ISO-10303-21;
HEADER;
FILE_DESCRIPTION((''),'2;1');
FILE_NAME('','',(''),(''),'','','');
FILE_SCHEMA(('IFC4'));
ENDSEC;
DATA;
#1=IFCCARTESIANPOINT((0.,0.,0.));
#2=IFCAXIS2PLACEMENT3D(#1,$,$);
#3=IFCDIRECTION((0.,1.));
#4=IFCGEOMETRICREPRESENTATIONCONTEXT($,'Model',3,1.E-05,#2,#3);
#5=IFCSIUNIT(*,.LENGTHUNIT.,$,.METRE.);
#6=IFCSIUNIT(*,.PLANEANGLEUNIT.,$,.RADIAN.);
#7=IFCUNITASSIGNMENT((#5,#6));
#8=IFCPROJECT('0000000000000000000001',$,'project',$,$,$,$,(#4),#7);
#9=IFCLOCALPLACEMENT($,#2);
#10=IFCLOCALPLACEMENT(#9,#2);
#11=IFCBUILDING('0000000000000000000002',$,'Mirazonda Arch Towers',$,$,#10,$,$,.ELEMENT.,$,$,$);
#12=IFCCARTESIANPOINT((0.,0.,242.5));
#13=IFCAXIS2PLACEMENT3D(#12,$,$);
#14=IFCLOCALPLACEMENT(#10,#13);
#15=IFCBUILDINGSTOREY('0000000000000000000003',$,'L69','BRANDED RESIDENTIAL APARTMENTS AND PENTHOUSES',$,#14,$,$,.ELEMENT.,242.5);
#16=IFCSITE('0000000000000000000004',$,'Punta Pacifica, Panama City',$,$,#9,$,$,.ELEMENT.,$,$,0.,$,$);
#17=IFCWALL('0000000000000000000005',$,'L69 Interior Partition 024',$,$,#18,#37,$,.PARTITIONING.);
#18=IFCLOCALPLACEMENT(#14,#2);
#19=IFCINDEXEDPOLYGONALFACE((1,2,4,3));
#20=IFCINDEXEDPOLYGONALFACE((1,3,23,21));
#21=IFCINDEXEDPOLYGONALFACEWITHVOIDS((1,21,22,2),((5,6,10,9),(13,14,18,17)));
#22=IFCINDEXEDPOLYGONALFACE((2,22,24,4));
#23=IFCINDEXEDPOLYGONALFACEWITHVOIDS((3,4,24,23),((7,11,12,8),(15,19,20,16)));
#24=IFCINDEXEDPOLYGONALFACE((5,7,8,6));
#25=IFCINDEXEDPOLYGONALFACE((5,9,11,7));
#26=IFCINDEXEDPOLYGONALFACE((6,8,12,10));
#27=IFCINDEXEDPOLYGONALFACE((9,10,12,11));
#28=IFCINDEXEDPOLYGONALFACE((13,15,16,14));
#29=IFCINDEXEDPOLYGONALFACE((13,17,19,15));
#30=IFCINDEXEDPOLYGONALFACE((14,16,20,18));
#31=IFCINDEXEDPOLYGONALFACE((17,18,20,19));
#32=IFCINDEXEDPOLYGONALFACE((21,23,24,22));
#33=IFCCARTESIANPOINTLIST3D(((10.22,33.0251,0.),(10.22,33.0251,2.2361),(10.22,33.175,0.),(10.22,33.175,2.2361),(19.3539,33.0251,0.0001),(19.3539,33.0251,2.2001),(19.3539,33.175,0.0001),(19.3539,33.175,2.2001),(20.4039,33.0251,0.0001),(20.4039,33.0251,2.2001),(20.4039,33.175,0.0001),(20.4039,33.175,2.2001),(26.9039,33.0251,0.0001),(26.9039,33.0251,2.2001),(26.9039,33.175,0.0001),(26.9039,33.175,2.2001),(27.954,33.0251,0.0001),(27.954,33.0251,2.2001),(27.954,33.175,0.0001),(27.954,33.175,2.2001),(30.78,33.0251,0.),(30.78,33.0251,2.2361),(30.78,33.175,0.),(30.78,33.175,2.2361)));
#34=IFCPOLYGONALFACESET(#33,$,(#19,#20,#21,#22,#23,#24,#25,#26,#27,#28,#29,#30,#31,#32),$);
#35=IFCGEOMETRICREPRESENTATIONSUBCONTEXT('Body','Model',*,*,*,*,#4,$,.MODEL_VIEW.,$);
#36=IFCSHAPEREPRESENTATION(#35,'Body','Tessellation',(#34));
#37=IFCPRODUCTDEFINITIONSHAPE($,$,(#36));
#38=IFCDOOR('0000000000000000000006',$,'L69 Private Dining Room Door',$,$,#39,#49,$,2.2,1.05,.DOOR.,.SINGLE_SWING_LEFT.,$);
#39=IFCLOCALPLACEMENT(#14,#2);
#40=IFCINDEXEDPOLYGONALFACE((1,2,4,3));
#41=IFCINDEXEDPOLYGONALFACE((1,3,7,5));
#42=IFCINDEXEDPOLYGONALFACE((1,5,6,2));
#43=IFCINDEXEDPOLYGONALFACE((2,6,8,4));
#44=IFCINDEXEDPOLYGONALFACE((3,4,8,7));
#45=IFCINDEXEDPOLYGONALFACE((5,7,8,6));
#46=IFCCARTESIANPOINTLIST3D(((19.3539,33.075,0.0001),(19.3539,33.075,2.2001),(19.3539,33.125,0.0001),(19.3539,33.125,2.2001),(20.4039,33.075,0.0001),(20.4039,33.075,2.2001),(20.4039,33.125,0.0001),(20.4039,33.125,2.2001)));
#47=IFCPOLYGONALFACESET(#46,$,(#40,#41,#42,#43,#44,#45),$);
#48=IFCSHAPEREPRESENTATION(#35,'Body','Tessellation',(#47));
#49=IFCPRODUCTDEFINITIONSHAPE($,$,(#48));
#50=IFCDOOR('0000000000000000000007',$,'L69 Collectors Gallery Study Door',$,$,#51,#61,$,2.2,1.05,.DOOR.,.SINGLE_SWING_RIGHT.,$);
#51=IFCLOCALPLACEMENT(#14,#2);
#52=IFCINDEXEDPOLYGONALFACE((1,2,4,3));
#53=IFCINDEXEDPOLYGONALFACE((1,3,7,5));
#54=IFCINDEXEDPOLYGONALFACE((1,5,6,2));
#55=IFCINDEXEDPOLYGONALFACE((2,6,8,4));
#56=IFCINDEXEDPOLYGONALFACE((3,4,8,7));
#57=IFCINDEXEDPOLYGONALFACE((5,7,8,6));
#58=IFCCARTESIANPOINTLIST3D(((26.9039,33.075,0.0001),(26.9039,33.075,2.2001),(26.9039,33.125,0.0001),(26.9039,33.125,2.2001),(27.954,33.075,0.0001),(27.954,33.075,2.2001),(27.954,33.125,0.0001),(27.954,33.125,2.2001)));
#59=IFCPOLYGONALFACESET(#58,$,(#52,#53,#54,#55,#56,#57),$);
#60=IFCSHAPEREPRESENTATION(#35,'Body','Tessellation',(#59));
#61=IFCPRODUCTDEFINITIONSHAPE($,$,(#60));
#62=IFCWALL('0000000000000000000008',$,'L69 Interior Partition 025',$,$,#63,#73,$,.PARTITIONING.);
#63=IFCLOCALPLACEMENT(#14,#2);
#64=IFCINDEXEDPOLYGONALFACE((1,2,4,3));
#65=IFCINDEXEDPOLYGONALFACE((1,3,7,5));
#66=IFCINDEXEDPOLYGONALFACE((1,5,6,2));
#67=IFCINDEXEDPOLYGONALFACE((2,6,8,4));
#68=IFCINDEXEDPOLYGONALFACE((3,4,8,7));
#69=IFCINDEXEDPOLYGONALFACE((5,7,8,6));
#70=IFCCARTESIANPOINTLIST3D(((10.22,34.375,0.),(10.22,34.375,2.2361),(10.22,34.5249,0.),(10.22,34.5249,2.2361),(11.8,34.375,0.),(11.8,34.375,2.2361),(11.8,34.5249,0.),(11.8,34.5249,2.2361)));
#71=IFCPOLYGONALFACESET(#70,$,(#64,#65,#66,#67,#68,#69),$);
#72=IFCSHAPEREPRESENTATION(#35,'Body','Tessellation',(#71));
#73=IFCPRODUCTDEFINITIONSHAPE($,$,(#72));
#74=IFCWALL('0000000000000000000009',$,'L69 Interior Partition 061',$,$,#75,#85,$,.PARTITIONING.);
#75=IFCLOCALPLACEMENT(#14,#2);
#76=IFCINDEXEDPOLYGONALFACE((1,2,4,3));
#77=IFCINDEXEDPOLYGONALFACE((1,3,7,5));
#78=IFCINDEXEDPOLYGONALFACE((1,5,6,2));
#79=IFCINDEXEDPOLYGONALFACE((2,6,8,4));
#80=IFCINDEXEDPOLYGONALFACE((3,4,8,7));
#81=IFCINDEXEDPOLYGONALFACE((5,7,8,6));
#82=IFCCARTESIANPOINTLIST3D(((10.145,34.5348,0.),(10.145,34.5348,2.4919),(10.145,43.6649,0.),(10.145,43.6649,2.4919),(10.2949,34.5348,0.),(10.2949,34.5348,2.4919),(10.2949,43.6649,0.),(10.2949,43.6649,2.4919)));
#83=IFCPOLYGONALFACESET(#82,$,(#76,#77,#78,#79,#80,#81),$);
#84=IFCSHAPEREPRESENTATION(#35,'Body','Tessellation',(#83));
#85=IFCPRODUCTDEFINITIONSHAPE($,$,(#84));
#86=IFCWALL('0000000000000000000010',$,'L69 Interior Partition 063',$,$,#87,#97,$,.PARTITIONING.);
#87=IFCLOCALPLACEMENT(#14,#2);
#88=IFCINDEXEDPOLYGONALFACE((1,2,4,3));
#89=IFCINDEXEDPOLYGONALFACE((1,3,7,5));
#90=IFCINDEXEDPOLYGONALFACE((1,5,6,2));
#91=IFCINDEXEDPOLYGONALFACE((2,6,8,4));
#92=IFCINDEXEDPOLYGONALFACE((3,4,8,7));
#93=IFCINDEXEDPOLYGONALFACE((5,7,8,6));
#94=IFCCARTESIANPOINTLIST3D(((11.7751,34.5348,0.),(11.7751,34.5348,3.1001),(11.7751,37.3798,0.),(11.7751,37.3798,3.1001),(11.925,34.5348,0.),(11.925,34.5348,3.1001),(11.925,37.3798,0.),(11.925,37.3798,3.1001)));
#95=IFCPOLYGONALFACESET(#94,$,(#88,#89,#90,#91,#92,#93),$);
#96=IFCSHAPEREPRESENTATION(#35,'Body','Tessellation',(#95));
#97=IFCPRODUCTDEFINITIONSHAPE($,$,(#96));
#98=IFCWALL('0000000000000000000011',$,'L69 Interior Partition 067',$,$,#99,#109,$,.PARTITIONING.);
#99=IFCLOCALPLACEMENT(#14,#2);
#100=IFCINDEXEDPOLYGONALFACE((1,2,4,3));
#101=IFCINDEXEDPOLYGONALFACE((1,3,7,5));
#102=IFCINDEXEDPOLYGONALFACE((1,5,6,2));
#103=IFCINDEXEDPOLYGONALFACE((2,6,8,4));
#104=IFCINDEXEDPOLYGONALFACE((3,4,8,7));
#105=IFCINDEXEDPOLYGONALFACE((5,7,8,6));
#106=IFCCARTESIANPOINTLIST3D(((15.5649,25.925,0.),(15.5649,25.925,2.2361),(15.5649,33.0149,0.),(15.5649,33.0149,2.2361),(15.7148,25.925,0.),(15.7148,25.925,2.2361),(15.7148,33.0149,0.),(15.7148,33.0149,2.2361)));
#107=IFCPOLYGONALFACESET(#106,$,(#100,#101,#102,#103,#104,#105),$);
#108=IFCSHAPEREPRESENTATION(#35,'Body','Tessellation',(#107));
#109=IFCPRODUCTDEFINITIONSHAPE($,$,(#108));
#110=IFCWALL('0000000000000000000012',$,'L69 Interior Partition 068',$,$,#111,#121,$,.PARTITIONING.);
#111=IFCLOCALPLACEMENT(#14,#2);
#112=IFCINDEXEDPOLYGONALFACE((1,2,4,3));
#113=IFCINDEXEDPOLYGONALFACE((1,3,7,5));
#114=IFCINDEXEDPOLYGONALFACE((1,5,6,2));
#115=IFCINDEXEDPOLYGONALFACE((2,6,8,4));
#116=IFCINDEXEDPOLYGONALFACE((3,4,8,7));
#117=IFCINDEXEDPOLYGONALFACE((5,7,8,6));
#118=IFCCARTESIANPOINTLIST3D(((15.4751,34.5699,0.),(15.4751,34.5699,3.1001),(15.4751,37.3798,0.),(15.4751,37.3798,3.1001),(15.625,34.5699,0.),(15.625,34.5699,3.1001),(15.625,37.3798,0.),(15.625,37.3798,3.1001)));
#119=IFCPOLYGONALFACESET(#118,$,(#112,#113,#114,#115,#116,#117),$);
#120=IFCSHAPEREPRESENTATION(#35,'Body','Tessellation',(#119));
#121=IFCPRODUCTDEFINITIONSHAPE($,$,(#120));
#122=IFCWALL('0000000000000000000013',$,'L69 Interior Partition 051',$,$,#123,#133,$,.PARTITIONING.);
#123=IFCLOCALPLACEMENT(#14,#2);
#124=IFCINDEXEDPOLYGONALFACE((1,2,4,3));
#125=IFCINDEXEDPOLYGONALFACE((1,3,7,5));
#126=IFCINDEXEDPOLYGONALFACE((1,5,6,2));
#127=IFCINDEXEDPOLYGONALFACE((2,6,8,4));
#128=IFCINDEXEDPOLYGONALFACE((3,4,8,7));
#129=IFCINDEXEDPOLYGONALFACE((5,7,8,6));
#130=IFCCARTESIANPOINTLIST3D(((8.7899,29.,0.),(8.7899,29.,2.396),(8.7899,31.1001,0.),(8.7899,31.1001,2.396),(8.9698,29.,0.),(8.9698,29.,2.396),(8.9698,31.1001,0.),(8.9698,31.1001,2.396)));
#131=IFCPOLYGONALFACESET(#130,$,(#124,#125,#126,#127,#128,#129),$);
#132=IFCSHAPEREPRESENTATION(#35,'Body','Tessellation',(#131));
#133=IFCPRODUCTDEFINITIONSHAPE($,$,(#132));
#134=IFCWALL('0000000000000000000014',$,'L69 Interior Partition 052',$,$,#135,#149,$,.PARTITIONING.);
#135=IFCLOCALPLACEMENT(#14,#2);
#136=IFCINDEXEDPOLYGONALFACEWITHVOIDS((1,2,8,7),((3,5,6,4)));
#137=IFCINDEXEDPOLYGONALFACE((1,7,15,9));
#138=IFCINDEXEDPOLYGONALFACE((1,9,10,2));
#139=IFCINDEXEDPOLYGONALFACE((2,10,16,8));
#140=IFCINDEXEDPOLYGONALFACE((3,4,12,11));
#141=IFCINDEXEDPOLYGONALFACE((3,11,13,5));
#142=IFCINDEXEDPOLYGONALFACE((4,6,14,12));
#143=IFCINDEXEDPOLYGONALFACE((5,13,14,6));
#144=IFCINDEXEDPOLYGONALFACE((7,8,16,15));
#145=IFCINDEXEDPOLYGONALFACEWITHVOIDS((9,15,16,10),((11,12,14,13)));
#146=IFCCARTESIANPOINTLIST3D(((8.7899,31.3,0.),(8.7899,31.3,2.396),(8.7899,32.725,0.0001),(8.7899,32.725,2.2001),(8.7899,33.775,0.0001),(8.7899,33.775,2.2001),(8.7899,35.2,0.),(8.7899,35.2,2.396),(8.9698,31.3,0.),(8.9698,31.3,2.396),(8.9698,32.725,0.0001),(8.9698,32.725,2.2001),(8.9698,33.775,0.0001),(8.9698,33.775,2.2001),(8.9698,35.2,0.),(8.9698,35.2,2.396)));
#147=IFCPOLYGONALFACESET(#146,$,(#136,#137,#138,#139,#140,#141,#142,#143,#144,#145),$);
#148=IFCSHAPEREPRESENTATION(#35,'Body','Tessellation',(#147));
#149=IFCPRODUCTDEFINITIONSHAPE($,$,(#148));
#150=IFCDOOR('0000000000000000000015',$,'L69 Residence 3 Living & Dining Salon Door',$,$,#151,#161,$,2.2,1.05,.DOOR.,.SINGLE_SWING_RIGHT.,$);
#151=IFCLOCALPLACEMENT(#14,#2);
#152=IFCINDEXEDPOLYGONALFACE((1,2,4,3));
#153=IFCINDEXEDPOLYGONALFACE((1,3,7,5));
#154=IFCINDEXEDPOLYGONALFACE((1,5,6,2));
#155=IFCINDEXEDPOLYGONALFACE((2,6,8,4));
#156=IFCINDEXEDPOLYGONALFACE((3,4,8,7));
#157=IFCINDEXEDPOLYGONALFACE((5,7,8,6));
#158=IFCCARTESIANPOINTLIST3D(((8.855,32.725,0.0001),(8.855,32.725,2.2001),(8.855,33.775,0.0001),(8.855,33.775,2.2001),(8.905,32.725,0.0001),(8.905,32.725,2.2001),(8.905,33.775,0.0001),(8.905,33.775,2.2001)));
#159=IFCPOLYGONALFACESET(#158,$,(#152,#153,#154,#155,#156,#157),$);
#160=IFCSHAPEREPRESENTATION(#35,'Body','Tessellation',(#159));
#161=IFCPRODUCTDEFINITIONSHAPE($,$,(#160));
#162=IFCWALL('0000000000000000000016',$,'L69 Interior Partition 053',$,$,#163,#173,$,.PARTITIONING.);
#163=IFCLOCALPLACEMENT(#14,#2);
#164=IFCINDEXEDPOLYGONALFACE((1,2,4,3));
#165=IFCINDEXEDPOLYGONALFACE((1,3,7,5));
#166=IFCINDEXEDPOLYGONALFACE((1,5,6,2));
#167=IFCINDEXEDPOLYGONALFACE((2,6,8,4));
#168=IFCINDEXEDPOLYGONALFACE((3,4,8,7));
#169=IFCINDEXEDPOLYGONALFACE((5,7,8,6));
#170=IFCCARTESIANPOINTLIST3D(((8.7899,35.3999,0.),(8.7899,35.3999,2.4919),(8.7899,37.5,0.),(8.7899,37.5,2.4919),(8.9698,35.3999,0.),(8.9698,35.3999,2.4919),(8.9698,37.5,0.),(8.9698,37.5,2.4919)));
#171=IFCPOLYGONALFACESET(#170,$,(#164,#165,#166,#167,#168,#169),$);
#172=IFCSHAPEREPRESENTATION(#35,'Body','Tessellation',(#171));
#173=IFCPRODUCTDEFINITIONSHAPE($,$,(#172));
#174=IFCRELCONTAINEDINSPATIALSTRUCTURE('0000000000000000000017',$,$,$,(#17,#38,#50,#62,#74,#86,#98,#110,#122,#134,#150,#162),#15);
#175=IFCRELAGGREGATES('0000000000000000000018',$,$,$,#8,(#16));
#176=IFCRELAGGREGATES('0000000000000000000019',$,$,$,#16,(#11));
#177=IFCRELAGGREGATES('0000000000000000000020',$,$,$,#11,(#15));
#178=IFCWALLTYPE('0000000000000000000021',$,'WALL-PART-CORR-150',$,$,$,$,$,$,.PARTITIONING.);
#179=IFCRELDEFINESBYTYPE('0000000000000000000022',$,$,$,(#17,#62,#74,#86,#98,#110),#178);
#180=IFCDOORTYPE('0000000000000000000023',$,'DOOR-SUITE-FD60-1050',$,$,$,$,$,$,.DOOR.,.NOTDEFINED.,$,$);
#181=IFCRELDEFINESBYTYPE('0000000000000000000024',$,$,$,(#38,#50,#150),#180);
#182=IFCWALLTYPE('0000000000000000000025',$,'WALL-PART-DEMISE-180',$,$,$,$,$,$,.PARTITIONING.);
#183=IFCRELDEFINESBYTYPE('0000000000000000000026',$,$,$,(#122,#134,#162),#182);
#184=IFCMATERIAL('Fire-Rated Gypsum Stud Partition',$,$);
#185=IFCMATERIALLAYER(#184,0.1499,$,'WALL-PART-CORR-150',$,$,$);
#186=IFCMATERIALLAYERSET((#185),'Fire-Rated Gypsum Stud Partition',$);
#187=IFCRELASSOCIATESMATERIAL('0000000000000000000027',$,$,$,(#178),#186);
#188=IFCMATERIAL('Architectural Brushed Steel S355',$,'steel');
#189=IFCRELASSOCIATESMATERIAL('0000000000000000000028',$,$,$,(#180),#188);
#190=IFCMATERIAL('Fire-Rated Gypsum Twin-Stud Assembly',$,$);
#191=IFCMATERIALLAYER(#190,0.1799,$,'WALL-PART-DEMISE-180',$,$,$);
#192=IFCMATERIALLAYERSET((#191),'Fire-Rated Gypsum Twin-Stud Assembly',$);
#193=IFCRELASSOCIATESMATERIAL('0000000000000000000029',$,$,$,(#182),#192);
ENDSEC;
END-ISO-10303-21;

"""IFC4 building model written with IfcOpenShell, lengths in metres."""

from ifc_helpers import new_model, si_unit, direction, frame, frame_2d, origin, place, context, subcontext, project, spatial, rectangle, extrude, material, layer, layer_set, type_object, element, fill, save


model = new_model("IFC4")

# Units and contexts
model_context = context("Model", 3, precision=1e-05, world=origin(), true_north=direction((0.0, 1.0)))
body_context = subcontext(model_context, "Body", "Model", "MODEL_VIEW")
ifc_project = project(units=[si_unit("LENGTHUNIT", "METRE"), si_unit("PLANEANGLEUNIT", "RADIAN")], contexts=[model_context])

# Site, building, storey
site_placement = place(None, origin())
site = spatial("IfcSite", under=ifc_project, at=site_placement, Name="Punta Pacifica, Panama City", CompositionType="ELEMENT", RefElevation=0.0)
building_placement = place(site_placement, origin())
building = spatial("IfcBuilding", under=site, at=building_placement, Name="Mirazonda Arch Towers", CompositionType="ELEMENT")
storey_placement = place(building_placement, frame((0.0, 0.0, 242.5)))
storey = spatial("IfcBuildingStorey", under=building, at=storey_placement, Name="L69", Description="BRANDED RESIDENTIAL APARTMENTS AND PENTHOUSES", CompositionType="ELEMENT", Elevation=242.5)

# Wall, openings, doors
ifc_material_1 = material(Name="Architectural Brushed Steel S355", Category="steel")
ifc_material_2 = material(Name="Fire-Rated Gypsum Stud Partition")
ifc_layer_1 = layer(ifc_material_2, 0.1499, Name="WALL-PART-CORR-150")
ifc_layer_set_1 = layer_set([ifc_layer_1], Name="Fire-Rated Gypsum Stud Partition")
wall_type_1 = type_object("IfcWallType", Name="WALL-PART-CORR-150", PredefinedType="PARTITIONING", material=ifc_layer_set_1)
wall_1_placement = place(storey_placement, frame((10.22, 33.1001, 0.0), z_axis=(0.0, 0.0, 1.0), x_axis=(1.0, 0.0, 0.0)))
wall_1 = element("IfcWall", 1, at=wall_1_placement, inside=storey, type_object=wall_type_1, Name="L69 Interior Partition 024", PredefinedType="PARTITIONING", context=body_context, shape_type="SweptSolid", body=[
    extrude(rectangle(XDim=20.5601, YDim=0.1499, at=frame_2d((10.28, 0.0))), origin(), (0.0, 0.0, 1.0), 2.2361),
])
opening_1_placement = place(wall_1_placement, frame((9.134, 0.0, 0.0)))
opening_1 = element("IfcOpeningElement", 2, at=opening_1_placement, cuts=wall_1, PredefinedType="OPENING", context=body_context, shape_type="SweptSolid", body=[
    extrude(rectangle(XDim=1.05, YDim=2.2, at=frame_2d((0.5249, 1.1001))), frame((0.0, 0.085, 0.0), z_axis=(0.0, -1.0, 0.0), x_axis=(1.0, 0.0, 0.0)), (0.0, 0.0, 1.0), 0.1699),
])
opening_2_placement = place(wall_1_placement, frame((16.6841, 0.0, 0.0)))
opening_2 = element("IfcOpeningElement", 3, at=opening_2_placement, cuts=wall_1, PredefinedType="OPENING", context=body_context, shape_type="SweptSolid", body=[
    extrude(rectangle(XDim=1.05, YDim=2.2, at=frame_2d((0.5249, 1.1001))), frame((0.0, 0.085, 0.0), z_axis=(0.0, -1.0, 0.0), x_axis=(1.0, 0.0, 0.0)), (0.0, 0.0, 1.0), 0.1699),
])
door_type_1 = type_object("IfcDoorType", Name="DOOR-SUITE-FD60-1050", OperationType="NOTDEFINED", PredefinedType="DOOR", material=ifc_material_1)
door_1_placement = place(opening_1_placement, origin())
door_1 = element("IfcDoor", 4, at=door_1_placement, inside=storey, type_object=door_type_1, Name="L69 Private Dining Room Door", OperationType="SINGLE_SWING_LEFT", OverallHeight=2.2, OverallWidth=1.05, PredefinedType="DOOR", context=body_context, shape_type="SweptSolid", body=[
    extrude(rectangle(XDim=1.05, YDim=2.2, at=frame_2d((0.5249, 1.1001))), frame((0.0, 0.0249, 0.0), z_axis=(0.0, -1.0, 0.0), x_axis=(1.0, 0.0, 0.0)), (0.0, 0.0, 1.0), 0.05),
])
fill(opening_1, door_1)
door_2_placement = place(opening_2_placement, origin())
door_2 = element("IfcDoor", 5, at=door_2_placement, inside=storey, type_object=door_type_1, Name="L69 Collectors Gallery Study Door", OperationType="SINGLE_SWING_RIGHT", OverallHeight=2.2, OverallWidth=1.05, PredefinedType="DOOR", context=body_context, shape_type="SweptSolid", body=[
    extrude(rectangle(XDim=1.05, YDim=2.2, at=frame_2d((0.5249, 1.1001))), frame((0.0, 0.0249, 0.0), z_axis=(0.0, -1.0, 0.0), x_axis=(1.0, 0.0, 0.0)), (0.0, 0.0, 1.0), 0.05),
])
fill(opening_2, door_2)

# Walls
wall_2_placement = place(storey_placement, frame((10.22, 34.45, 0.0), z_axis=(0.0, 0.0, 1.0), x_axis=(1.0, 0.0, 0.0)))
element("IfcWall", 6, at=wall_2_placement, inside=storey, type_object=wall_type_1, Name="L69 Interior Partition 025", PredefinedType="PARTITIONING", context=body_context, shape_type="SweptSolid", body=[
    extrude(rectangle(XDim=1.5801, YDim=0.1499, at=frame_2d((0.79, 0.0))), origin(), (0.0, 0.0, 1.0), 2.2361),
])
wall_3_placement = place(storey_placement, frame((10.22, 34.5349, 0.0), z_axis=(0.0, 0.0, 1.0), x_axis=(0.0, 1.0, 0.0)))
element("IfcWall", 7, at=wall_3_placement, inside=storey, type_object=wall_type_1, Name="L69 Interior Partition 061", PredefinedType="PARTITIONING", context=body_context, shape_type="SweptSolid", body=[
    extrude(rectangle(XDim=9.1301, YDim=0.1499, at=frame_2d((4.5649, 0.0))), origin(), (0.0, 0.0, 1.0), 2.4919),
])
wall_4_placement = place(storey_placement, frame((11.8501, 34.5349, 0.0), z_axis=(0.0, 0.0, 1.0), x_axis=(0.0, 1.0, 0.0)))
element("IfcWall", 8, at=wall_4_placement, inside=storey, type_object=wall_type_1, Name="L69 Interior Partition 063", PredefinedType="PARTITIONING", context=body_context, shape_type="SweptSolid", body=[
    extrude(rectangle(XDim=2.845, YDim=0.1499, at=frame_2d((1.4224, 0.0))), origin(), (0.0, 0.0, 1.0), 3.1001),
])
wall_5_placement = place(storey_placement, frame((15.6399, 25.925, 0.0), z_axis=(0.0, 0.0, 1.0), x_axis=(0.0, 1.0, 0.0)))
element("IfcWall", 9, at=wall_5_placement, inside=storey, type_object=wall_type_1, Name="L69 Interior Partition 067", PredefinedType="PARTITIONING", context=body_context, shape_type="SweptSolid", body=[
    extrude(rectangle(XDim=7.0898, YDim=0.1499, at=frame_2d((3.5449, 0.0))), origin(), (0.0, 0.0, 1.0), 2.2361),
])
wall_6_placement = place(storey_placement, frame((15.55, 34.5701, 0.0), z_axis=(0.0, 0.0, 1.0), x_axis=(0.0, 1.0, 0.0)))
element("IfcWall", 10, at=wall_6_placement, inside=storey, type_object=wall_type_1, Name="L69 Interior Partition 068", PredefinedType="PARTITIONING", context=body_context, shape_type="SweptSolid", body=[
    extrude(rectangle(XDim=2.8098, YDim=0.1499, at=frame_2d((1.4048, 0.0))), origin(), (0.0, 0.0, 1.0), 3.1001),
])
ifc_material_3 = material(Name="Fire-Rated Gypsum Twin-Stud Assembly")
ifc_layer_2 = layer(ifc_material_3, 0.1799, Name="WALL-PART-DEMISE-180")
ifc_layer_set_2 = layer_set([ifc_layer_2], Name="Fire-Rated Gypsum Twin-Stud Assembly")
wall_type_2 = type_object("IfcWallType", Name="WALL-PART-DEMISE-180", PredefinedType="PARTITIONING", material=ifc_layer_set_2)
wall_7_placement = place(storey_placement, frame((8.8799, 29.0, 0.0), z_axis=(0.0, 0.0, 1.0), x_axis=(0.0, 1.0, 0.0)))
element("IfcWall", 11, at=wall_7_placement, inside=storey, type_object=wall_type_2, Name="L69 Interior Partition 051", PredefinedType="PARTITIONING", context=body_context, shape_type="SweptSolid", body=[
    extrude(rectangle(XDim=2.1001, YDim=0.1799, at=frame_2d((1.05, 0.0))), origin(), (0.0, 0.0, 1.0), 2.396),
])

# Wall, opening, door
wall_8_placement = place(storey_placement, frame((8.8799, 31.3, 0.0), z_axis=(0.0, 0.0, 1.0), x_axis=(0.0, 1.0, 0.0)))
wall_8 = element("IfcWall", 12, at=wall_8_placement, inside=storey, type_object=wall_type_2, Name="L69 Interior Partition 052", PredefinedType="PARTITIONING", context=body_context, shape_type="SweptSolid", body=[
    extrude(rectangle(XDim=3.8999, YDim=0.1799, at=frame_2d((1.95, 0.0))), origin(), (0.0, 0.0, 1.0), 2.396),
])
opening_3_placement = place(wall_8_placement, frame((1.425, 0.0, 0.0)))
opening_3 = element("IfcOpeningElement", 13, at=opening_3_placement, cuts=wall_8, PredefinedType="OPENING", context=body_context, shape_type="SweptSolid", body=[
    extrude(rectangle(XDim=1.05, YDim=2.2, at=frame_2d((0.5249, 1.1001))), frame((0.0, 0.0999, 0.0), z_axis=(0.0, -1.0, 0.0), x_axis=(1.0, 0.0, 0.0)), (0.0, 0.0, 1.0), 0.2),
])
door_3_placement = place(opening_3_placement, origin())
door_3 = element("IfcDoor", 14, at=door_3_placement, inside=storey, type_object=door_type_1, Name="L69 Residence 3 Living & Dining Salon Door", OperationType="SINGLE_SWING_RIGHT", OverallHeight=2.2, OverallWidth=1.05, PredefinedType="DOOR", context=body_context, shape_type="SweptSolid", body=[
    extrude(rectangle(XDim=1.05, YDim=2.2, at=frame_2d((0.5249, 1.1001))), frame((0.0, 0.0249, 0.0), z_axis=(0.0, -1.0, 0.0), x_axis=(1.0, 0.0, 0.0)), (0.0, 0.0, 1.0), 0.05),
])
fill(opening_3, door_3)

# Wall
wall_9_placement = place(storey_placement, frame((8.8799, 35.3999, 0.0), z_axis=(0.0, 0.0, 1.0), x_axis=(0.0, 1.0, 0.0)))
element("IfcWall", 15, at=wall_9_placement, inside=storey, type_object=wall_type_2, Name="L69 Interior Partition 053", PredefinedType="PARTITIONING", context=body_context, shape_type="SweptSolid", body=[
    extrude(rectangle(XDim=2.1001, YDim=0.1799, at=frame_2d((1.05, 0.0))), origin(), (0.0, 0.0, 1.0), 2.4919),
])

save(model, "model.ifc")
